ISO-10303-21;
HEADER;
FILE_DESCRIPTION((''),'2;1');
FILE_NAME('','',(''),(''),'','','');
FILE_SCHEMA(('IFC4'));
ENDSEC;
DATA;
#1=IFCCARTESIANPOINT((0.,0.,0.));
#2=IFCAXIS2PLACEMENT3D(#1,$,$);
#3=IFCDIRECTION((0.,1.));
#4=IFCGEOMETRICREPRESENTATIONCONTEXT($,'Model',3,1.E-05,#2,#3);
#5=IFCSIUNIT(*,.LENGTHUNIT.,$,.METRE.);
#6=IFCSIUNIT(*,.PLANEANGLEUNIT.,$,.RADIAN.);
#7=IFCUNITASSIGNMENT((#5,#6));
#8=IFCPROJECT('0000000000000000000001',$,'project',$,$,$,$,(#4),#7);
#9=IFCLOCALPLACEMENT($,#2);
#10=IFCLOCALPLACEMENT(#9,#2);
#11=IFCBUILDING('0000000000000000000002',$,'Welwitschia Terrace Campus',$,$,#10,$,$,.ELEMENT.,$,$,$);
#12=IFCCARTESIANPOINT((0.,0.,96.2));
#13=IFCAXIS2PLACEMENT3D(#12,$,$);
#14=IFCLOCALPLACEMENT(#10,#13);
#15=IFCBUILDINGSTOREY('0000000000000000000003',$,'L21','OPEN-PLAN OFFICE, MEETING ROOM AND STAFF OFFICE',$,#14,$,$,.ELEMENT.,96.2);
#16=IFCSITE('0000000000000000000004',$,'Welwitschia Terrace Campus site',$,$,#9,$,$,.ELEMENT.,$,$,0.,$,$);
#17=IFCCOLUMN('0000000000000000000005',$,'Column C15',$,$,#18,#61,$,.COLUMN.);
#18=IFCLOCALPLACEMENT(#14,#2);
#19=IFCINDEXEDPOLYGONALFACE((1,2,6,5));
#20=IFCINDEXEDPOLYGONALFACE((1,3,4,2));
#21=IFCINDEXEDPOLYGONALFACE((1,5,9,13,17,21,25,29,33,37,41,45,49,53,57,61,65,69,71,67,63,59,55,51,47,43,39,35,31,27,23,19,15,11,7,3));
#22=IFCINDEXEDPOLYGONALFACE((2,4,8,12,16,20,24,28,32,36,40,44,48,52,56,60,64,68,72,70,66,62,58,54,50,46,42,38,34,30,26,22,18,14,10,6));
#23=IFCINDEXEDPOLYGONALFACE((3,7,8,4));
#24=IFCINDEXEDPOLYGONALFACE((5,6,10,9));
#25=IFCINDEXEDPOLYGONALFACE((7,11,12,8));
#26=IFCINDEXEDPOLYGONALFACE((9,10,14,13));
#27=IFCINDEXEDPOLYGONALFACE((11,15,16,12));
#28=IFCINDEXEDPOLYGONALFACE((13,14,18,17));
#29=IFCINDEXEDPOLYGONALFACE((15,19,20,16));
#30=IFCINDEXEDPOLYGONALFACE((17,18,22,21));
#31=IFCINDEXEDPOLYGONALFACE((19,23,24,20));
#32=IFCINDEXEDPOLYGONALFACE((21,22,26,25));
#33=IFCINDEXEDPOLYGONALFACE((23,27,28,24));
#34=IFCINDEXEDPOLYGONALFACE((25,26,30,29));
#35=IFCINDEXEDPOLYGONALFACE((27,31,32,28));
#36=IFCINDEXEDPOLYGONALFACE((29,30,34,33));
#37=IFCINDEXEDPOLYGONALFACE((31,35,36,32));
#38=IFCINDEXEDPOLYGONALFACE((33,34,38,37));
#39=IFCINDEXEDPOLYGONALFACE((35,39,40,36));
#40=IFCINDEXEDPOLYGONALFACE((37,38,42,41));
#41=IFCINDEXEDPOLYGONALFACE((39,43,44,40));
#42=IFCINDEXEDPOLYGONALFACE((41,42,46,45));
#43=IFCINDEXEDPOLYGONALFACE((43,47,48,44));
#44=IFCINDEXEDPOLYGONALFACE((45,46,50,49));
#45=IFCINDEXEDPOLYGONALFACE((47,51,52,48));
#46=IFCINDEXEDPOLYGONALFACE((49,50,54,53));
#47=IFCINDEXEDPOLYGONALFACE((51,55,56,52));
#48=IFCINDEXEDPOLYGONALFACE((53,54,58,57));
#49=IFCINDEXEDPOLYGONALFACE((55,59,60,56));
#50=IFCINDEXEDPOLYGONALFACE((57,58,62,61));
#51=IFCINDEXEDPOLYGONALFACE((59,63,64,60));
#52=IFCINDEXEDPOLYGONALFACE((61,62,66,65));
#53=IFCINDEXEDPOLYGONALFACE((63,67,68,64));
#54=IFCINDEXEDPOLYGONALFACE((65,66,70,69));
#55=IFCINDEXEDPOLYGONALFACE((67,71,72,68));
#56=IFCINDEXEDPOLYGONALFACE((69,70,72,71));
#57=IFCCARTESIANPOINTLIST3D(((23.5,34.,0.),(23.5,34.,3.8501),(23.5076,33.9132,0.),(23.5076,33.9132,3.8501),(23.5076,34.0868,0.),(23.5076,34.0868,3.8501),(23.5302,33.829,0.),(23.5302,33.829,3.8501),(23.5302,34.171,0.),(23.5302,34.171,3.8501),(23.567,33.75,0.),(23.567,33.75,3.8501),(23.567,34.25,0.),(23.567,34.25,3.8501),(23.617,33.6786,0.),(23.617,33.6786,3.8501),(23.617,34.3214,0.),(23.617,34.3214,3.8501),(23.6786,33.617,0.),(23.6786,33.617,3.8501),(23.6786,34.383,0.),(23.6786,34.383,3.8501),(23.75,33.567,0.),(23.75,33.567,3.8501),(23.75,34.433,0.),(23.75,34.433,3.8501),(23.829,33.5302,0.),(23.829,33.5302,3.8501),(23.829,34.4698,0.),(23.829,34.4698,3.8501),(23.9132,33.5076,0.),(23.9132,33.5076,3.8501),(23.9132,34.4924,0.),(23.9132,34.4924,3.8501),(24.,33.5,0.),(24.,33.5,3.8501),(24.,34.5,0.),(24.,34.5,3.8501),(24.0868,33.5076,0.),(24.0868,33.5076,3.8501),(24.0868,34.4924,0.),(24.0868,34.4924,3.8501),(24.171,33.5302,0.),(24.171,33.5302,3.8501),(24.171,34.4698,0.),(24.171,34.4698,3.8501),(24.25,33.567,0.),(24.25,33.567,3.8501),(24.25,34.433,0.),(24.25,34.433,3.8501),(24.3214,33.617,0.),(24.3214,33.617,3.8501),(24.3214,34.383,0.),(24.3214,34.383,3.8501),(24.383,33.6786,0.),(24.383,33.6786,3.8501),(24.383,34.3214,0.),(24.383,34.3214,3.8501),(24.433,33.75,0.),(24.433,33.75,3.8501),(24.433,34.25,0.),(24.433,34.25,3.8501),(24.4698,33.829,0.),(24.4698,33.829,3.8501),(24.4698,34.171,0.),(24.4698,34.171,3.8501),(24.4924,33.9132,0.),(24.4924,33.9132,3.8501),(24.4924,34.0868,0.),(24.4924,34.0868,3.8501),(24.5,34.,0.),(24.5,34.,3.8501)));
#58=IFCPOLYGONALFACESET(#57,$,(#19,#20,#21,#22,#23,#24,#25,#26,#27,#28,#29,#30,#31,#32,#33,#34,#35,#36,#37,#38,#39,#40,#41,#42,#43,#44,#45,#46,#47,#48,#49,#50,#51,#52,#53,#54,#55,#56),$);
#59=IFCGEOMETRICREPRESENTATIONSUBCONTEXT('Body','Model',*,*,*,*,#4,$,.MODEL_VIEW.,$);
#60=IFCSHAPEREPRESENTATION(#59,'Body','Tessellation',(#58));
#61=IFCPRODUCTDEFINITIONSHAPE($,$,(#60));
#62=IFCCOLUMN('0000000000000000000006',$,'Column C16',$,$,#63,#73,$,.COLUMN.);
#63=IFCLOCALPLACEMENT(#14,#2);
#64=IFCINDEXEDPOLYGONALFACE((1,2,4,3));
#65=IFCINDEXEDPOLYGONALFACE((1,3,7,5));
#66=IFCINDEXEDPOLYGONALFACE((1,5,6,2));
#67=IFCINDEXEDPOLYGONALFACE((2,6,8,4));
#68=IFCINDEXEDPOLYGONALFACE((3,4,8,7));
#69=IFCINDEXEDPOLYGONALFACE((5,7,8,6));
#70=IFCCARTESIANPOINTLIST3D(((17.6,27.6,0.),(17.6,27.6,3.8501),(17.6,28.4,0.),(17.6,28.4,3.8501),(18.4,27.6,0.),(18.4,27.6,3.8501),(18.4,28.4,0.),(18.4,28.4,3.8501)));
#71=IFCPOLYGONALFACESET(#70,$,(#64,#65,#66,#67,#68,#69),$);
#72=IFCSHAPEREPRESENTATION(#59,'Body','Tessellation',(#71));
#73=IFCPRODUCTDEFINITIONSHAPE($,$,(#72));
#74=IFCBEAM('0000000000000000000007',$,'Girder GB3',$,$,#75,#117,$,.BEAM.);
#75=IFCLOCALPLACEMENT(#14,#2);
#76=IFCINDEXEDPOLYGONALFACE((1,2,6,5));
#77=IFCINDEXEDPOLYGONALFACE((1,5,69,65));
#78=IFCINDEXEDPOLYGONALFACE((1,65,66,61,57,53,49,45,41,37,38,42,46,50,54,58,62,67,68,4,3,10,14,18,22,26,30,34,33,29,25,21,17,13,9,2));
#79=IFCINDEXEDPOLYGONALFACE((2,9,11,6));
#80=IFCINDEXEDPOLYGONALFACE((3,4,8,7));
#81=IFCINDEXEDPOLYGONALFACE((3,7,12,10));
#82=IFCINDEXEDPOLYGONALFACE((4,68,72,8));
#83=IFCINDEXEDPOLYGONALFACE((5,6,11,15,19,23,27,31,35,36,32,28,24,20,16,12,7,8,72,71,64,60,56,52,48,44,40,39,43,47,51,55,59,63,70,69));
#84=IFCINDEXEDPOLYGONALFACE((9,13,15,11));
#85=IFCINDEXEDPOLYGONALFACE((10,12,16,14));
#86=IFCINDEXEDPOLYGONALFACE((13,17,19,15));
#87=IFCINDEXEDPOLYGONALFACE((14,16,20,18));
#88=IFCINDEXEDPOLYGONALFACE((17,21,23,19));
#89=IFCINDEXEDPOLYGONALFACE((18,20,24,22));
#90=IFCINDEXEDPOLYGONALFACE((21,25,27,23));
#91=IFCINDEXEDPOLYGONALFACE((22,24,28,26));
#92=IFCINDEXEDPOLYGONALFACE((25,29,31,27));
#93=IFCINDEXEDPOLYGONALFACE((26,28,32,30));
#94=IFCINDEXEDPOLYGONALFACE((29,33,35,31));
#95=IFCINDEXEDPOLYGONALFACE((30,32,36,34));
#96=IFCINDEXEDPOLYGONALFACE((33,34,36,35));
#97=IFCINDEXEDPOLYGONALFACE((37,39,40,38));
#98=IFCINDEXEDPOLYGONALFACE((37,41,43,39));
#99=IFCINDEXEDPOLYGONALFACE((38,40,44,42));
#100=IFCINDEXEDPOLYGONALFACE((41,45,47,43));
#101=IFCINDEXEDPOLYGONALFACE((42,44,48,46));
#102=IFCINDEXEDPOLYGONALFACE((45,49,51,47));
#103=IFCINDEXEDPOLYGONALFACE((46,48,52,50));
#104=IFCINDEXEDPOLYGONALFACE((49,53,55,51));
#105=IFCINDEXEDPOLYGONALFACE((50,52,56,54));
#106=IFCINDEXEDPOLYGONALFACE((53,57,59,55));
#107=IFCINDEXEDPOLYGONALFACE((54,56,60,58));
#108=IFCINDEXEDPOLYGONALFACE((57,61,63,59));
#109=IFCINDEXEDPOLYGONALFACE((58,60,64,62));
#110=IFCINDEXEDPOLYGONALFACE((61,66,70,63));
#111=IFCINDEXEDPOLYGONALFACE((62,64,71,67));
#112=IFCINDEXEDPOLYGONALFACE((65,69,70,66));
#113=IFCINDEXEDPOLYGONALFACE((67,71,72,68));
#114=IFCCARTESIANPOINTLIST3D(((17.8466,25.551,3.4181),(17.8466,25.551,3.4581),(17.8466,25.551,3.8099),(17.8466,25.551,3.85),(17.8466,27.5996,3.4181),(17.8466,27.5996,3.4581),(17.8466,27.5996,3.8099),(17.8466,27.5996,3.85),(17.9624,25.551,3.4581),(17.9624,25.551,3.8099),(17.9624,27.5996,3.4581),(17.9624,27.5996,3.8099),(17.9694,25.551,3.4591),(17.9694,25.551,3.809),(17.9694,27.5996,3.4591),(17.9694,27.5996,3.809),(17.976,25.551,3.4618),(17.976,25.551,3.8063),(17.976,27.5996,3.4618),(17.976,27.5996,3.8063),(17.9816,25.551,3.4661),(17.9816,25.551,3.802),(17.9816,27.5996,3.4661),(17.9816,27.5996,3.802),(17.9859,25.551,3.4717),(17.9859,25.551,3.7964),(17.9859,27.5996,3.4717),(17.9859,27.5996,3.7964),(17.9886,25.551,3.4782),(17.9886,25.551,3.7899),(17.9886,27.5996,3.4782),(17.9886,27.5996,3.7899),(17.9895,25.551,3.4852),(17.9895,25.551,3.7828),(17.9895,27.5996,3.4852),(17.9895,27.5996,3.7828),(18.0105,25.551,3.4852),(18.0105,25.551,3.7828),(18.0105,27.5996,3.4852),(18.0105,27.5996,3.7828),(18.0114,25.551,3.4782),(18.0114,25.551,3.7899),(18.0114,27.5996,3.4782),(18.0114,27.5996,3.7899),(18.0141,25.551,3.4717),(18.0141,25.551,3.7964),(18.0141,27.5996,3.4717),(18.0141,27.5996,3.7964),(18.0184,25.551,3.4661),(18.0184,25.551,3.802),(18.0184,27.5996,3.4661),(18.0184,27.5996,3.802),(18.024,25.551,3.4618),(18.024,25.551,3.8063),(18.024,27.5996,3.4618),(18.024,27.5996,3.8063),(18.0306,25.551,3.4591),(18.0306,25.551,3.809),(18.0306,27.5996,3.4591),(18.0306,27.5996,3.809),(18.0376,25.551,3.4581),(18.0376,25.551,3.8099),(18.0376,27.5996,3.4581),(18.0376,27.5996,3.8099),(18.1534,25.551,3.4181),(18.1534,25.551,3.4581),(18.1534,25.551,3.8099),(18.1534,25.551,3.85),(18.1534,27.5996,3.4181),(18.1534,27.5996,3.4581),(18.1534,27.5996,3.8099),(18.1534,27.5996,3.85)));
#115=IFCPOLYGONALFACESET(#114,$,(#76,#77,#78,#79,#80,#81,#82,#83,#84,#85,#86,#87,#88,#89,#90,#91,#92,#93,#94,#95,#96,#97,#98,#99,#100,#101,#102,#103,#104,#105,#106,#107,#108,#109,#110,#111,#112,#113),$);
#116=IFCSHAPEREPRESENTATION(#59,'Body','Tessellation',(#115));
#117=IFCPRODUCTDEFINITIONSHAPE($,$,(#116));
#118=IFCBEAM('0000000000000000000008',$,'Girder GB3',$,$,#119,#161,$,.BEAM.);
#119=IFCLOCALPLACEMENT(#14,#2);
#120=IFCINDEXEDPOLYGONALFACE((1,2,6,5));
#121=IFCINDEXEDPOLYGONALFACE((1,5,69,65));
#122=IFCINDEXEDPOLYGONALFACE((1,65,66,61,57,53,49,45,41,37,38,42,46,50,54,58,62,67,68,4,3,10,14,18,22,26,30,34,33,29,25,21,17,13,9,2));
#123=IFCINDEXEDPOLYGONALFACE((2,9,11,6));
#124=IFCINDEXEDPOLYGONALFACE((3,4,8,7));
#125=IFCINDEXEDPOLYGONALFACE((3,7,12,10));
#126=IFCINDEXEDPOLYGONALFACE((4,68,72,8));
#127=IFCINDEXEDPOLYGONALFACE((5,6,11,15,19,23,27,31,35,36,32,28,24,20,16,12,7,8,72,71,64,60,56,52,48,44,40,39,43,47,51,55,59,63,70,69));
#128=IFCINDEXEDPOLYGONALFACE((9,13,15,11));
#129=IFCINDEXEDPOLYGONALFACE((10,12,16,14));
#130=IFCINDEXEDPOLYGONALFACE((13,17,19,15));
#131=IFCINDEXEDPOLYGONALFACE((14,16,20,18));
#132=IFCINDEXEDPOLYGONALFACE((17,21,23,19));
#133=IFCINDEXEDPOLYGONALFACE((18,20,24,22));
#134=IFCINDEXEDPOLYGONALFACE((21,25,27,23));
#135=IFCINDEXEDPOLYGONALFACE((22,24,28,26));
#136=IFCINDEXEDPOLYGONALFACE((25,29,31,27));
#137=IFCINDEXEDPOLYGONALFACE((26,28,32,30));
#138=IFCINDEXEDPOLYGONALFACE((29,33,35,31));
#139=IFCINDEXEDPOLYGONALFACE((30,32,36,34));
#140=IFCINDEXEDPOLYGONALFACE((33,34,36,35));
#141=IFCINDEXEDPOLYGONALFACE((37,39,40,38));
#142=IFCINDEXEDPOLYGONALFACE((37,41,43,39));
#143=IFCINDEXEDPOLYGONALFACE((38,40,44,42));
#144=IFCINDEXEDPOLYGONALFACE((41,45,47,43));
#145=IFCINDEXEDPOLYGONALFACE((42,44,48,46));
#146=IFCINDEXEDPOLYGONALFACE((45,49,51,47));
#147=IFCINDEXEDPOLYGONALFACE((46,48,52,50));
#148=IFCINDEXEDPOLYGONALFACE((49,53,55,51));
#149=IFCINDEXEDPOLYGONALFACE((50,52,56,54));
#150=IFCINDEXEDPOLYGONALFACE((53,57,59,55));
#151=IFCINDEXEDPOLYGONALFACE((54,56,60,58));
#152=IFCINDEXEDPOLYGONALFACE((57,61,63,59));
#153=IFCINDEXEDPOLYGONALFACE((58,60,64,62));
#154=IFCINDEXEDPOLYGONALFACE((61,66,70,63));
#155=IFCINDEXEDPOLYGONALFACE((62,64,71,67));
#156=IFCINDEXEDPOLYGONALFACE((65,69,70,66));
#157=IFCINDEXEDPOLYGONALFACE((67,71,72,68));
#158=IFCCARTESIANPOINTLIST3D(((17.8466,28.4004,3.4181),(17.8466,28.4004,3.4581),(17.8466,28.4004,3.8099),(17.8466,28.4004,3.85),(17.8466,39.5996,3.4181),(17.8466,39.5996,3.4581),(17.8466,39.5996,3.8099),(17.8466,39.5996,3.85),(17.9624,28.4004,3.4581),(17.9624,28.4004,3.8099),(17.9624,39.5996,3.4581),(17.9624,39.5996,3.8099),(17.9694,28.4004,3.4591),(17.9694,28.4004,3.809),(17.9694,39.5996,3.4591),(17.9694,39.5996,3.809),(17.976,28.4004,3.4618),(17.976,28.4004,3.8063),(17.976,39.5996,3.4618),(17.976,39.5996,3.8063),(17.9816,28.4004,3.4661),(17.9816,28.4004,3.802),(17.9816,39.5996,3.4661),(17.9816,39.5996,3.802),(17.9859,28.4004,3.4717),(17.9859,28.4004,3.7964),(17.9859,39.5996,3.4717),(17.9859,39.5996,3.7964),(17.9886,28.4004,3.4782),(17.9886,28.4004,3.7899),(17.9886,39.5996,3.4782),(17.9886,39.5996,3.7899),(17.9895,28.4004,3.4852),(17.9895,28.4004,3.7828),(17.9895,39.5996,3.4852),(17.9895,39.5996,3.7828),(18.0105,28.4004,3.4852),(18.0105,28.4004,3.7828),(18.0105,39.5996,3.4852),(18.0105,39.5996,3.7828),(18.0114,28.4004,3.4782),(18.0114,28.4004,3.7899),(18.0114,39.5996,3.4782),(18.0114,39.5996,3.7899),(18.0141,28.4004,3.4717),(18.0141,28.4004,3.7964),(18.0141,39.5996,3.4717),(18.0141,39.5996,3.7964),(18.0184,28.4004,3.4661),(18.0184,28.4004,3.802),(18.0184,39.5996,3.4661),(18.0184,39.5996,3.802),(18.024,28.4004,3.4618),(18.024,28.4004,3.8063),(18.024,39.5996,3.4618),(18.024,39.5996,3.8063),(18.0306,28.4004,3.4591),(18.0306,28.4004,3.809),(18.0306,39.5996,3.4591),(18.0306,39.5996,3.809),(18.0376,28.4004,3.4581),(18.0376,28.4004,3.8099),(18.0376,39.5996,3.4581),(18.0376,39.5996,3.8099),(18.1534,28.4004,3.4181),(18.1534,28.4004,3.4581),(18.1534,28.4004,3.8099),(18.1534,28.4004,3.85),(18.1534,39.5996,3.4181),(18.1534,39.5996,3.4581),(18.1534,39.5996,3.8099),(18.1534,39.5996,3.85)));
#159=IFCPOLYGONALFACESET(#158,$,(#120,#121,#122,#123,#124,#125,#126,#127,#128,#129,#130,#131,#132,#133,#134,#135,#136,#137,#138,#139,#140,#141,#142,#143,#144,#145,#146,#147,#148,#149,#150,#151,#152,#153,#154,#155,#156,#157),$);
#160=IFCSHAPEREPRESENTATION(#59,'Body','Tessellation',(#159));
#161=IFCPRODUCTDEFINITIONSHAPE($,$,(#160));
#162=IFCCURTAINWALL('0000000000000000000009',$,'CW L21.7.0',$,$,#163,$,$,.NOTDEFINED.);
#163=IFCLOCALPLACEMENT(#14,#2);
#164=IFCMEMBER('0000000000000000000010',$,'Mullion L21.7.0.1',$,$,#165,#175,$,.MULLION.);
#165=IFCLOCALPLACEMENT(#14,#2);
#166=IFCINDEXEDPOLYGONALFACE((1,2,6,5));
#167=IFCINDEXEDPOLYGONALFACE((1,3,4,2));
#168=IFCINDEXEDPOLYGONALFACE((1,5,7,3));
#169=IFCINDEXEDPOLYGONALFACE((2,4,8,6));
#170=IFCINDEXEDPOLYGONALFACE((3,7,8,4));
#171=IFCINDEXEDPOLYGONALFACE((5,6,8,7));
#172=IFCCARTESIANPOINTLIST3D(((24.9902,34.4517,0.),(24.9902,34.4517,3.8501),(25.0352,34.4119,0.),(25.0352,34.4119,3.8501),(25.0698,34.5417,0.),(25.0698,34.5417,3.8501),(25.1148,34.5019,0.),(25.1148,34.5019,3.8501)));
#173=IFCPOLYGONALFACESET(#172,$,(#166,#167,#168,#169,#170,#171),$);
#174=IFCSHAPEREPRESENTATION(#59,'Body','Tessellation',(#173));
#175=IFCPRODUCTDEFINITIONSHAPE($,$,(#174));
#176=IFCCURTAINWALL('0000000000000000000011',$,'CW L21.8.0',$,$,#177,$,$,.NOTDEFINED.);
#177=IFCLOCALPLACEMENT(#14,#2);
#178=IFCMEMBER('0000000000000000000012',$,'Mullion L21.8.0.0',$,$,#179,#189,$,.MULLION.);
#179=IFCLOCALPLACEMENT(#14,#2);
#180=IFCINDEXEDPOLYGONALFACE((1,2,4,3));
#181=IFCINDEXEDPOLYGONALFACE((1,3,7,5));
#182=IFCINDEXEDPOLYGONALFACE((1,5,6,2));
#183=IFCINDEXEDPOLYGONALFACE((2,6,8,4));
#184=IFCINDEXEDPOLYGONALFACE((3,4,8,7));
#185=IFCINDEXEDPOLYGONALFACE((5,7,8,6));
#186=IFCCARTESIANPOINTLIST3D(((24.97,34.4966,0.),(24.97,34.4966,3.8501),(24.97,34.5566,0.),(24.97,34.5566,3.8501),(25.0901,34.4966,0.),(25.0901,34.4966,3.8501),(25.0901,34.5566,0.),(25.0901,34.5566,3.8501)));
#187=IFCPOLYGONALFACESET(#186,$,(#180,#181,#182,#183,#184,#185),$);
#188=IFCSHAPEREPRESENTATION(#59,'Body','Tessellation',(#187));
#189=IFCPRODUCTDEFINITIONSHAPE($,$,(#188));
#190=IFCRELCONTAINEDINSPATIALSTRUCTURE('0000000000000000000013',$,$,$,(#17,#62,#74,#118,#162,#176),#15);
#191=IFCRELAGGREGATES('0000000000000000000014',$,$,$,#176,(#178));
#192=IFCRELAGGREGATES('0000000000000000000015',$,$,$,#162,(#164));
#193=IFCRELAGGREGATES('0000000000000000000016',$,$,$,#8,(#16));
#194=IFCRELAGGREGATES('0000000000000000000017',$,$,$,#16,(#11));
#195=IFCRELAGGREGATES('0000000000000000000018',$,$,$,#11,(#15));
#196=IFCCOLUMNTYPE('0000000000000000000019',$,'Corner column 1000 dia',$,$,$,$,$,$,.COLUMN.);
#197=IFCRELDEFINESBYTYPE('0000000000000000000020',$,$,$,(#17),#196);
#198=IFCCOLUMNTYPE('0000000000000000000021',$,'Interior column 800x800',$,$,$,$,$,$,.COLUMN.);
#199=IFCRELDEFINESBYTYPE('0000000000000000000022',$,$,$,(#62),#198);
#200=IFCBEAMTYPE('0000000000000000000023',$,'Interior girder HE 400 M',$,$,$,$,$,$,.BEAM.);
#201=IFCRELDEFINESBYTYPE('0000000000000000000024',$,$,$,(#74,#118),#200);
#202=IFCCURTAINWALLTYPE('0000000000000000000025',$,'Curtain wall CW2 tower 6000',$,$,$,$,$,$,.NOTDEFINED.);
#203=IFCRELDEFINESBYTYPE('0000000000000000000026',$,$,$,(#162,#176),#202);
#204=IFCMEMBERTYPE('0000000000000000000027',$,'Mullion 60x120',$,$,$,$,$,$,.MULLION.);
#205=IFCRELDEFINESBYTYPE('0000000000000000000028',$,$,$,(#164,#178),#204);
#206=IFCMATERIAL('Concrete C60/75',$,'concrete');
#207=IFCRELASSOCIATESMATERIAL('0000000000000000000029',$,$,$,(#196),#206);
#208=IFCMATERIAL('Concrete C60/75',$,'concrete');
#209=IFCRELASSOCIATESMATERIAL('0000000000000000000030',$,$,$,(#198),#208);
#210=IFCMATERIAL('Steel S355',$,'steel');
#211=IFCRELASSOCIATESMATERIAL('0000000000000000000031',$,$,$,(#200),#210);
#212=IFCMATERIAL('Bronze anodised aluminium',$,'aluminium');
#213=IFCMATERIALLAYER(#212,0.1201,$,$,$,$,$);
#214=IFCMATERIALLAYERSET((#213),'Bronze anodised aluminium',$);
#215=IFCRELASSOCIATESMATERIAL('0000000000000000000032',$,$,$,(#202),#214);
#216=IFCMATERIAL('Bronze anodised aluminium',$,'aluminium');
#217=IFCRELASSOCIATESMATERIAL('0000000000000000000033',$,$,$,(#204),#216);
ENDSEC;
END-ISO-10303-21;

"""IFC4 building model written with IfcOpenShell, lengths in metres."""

from ifc_helpers import new_model, si_unit, direction, frame, origin, origin_2d, place, context, subcontext, project, spatial, rectangle, circle, i_section, extrude, material, layer, layer_set, material_profile, profile_set, type_object, element, aggregate, save


model = new_model("IFC4")

# Units and contexts
model_context = context("Model", 3, precision=1e-05, world=origin(), true_north=direction((0.0, 1.0)))
body_context = subcontext(model_context, "Body", "Model", "MODEL_VIEW")
ifc_project = project(units=[si_unit("LENGTHUNIT", "METRE"), si_unit("PLANEANGLEUNIT", "RADIAN")], contexts=[model_context])

# Site, building, storey
site_placement = place(None, origin())
site = spatial("IfcSite", under=ifc_project, at=site_placement, Name="Welwitschia Terrace Campus site", CompositionType="ELEMENT", RefElevation=0.0)
building_placement = place(site_placement, origin())
building = spatial("IfcBuilding", under=site, at=building_placement, Name="Welwitschia Terrace Campus", CompositionType="ELEMENT")
storey_placement = place(building_placement, frame((0.0, 0.0, 96.2)))
storey = spatial("IfcBuildingStorey", under=building, at=storey_placement, Name="L21", Description="OPEN-PLAN OFFICE, MEETING ROOM AND STAFF OFFICE", CompositionType="ELEMENT", Elevation=96.2)

# Columns
ifc_material_1 = material(Name="Concrete C60/75", Category="concrete")
ifc_material_profile_1 = material_profile(ifc_material_1, circle(Radius=0.5, at=origin_2d()))
ifc_profile_set_1 = profile_set([ifc_material_profile_1], Name="Concrete C60/75")
column_type_1 = type_object("IfcColumnType", Name="Corner column 1000 dia", PredefinedType="COLUMN", material=ifc_profile_set_1)
column_1_placement = place(storey_placement, frame((24.0, 34.0, 0.0), z_axis=(0.0, 0.0, 1.0), x_axis=(1.0, 0.0, 0.0)))
element("IfcColumn", 1, at=column_1_placement, inside=storey, type_object=column_type_1, Name="Column C15", PredefinedType="COLUMN", context=body_context, shape_type="SweptSolid", body=[
    extrude(circle(Radius=0.5, at=origin_2d()), origin(), (0.0, 0.0, 1.0), 3.8501),
])
ifc_material_2 = material(Name="Concrete C60/75", Category="concrete")
ifc_material_profile_2 = material_profile(ifc_material_2, rectangle(XDim=0.8, YDim=0.8, at=origin_2d()))
ifc_profile_set_2 = profile_set([ifc_material_profile_2], Name="Concrete C60/75")
column_type_2 = type_object("IfcColumnType", Name="Interior column 800x800", PredefinedType="COLUMN", material=ifc_profile_set_2)
column_2_placement = place(storey_placement, frame((18.0, 28.0, 0.0), z_axis=(0.0, 0.0, 1.0), x_axis=(1.0, 0.0, 0.0)))
element("IfcColumn", 2, at=column_2_placement, inside=storey, type_object=column_type_2, Name="Column C16", PredefinedType="COLUMN", context=body_context, shape_type="SweptSolid", body=[
    extrude(rectangle(XDim=0.8, YDim=0.8, at=origin_2d()), origin(), (0.0, 0.0, 1.0), 3.8501),
])

# Beams
ifc_material_3 = material(Name="Steel S355", Category="steel")
ifc_material_profile_3 = material_profile(ifc_material_3, i_section(OverallWidth=0.3069, OverallDepth=0.4319, WebThickness=0.021, FlangeThickness=0.04, FilletRadius=0.0271, at=origin_2d()))
ifc_profile_set_3 = profile_set([ifc_material_profile_3], Name="Steel S355")
beam_type_1 = type_object("IfcBeamType", Name="Interior girder HE 400 M", PredefinedType="BEAM", material=ifc_profile_set_3)
beam_1_placement = place(storey_placement, frame((18.0, 25.551, 3.634), z_axis=(0.0, 1.0, 0.0), x_axis=(-1.0, 0.0, 0.0)))
element("IfcBeam", 3, at=beam_1_placement, inside=storey, type_object=beam_type_1, Name="Girder GB3", PredefinedType="BEAM", context=body_context, shape_type="SweptSolid", body=[
    extrude(i_section(OverallWidth=0.3069, OverallDepth=0.4319, WebThickness=0.021, FlangeThickness=0.04, FilletRadius=0.0271, at=origin_2d()), origin(), (0.0, 0.0, 1.0), 2.0486),
])
beam_2_placement = place(storey_placement, frame((18.0, 28.4004, 3.634), z_axis=(0.0, 1.0, 0.0), x_axis=(-1.0, 0.0, 0.0)))
element("IfcBeam", 4, at=beam_2_placement, inside=storey, type_object=beam_type_1, Name="Girder GB3", PredefinedType="BEAM", context=body_context, shape_type="SweptSolid", body=[
    extrude(i_section(OverallWidth=0.3069, OverallDepth=0.4319, WebThickness=0.021, FlangeThickness=0.04, FilletRadius=0.0271, at=origin_2d()), origin(), (0.0, 0.0, 1.0), 11.1992),
])

# Curtain walls, members
ifc_material_4 = material(Name="Bronze anodised aluminium", Category="aluminium")
ifc_layer_1 = layer(ifc_material_4, 0.1201)
ifc_layer_set_1 = layer_set([ifc_layer_1], Name="Bronze anodised aluminium")
curtain_wall_type = type_object("IfcCurtainWallType", Name="Curtain wall CW2 tower 6000", PredefinedType="NOTDEFINED", material=ifc_layer_set_1)
curtain_wall_1_placement = place(storey_placement, origin())
curtain_wall_1 = element("IfcCurtainWall", 5, at=curtain_wall_1_placement, inside=storey, type_object=curtain_wall_type, Name="CW L21.7.0", PredefinedType="NOTDEFINED")
ifc_material_5 = material(Name="Bronze anodised aluminium", Category="aluminium")
ifc_material_profile_4 = material_profile(ifc_material_5, rectangle(XDim=0.1201, YDim=0.0601, at=origin_2d()))
ifc_profile_set_4 = profile_set([ifc_material_profile_4], Name="Bronze anodised aluminium")
member_type = type_object("IfcMemberType", Name="Mullion 60x120", PredefinedType="MULLION", material=ifc_profile_set_4)
member_1_placement = place(storey_placement, frame((25.0525, 34.4768, 0.0), z_axis=(0.0, 0.0, 1.0), x_axis=(-0.66262, -0.748956, 0.0)))
member_1 = element("IfcMember", 6, at=member_1_placement, type_object=member_type, Name="Mullion L21.7.0.1", PredefinedType="MULLION", context=body_context, shape_type="SweptSolid", body=[
    extrude(rectangle(XDim=0.1201, YDim=0.0601, at=origin_2d()), origin(), (0.0, 0.0, 1.0), 3.8501),
])
curtain_wall_2_placement = place(storey_placement, origin())
curtain_wall_2 = element("IfcCurtainWall", 7, at=curtain_wall_2_placement, inside=storey, type_object=curtain_wall_type, Name="CW L21.8.0", PredefinedType="NOTDEFINED")
member_2_placement = place(storey_placement, frame((25.03, 34.5266, 0.0), z_axis=(0.0, 0.0, 1.0), x_axis=(-1.0, 0.0, 0.0)))
member_2 = element("IfcMember", 8, at=member_2_placement, type_object=member_type, Name="Mullion L21.8.0.0", PredefinedType="MULLION", context=body_context, shape_type="SweptSolid", body=[
    extrude(rectangle(XDim=0.1201, YDim=0.0601, at=origin_2d()), origin(), (0.0, 0.0, 1.0), 3.8501),
])
aggregate(curtain_wall_2, [member_2])

aggregate(curtain_wall_1, [member_1])

save(model, "model.ifc")
